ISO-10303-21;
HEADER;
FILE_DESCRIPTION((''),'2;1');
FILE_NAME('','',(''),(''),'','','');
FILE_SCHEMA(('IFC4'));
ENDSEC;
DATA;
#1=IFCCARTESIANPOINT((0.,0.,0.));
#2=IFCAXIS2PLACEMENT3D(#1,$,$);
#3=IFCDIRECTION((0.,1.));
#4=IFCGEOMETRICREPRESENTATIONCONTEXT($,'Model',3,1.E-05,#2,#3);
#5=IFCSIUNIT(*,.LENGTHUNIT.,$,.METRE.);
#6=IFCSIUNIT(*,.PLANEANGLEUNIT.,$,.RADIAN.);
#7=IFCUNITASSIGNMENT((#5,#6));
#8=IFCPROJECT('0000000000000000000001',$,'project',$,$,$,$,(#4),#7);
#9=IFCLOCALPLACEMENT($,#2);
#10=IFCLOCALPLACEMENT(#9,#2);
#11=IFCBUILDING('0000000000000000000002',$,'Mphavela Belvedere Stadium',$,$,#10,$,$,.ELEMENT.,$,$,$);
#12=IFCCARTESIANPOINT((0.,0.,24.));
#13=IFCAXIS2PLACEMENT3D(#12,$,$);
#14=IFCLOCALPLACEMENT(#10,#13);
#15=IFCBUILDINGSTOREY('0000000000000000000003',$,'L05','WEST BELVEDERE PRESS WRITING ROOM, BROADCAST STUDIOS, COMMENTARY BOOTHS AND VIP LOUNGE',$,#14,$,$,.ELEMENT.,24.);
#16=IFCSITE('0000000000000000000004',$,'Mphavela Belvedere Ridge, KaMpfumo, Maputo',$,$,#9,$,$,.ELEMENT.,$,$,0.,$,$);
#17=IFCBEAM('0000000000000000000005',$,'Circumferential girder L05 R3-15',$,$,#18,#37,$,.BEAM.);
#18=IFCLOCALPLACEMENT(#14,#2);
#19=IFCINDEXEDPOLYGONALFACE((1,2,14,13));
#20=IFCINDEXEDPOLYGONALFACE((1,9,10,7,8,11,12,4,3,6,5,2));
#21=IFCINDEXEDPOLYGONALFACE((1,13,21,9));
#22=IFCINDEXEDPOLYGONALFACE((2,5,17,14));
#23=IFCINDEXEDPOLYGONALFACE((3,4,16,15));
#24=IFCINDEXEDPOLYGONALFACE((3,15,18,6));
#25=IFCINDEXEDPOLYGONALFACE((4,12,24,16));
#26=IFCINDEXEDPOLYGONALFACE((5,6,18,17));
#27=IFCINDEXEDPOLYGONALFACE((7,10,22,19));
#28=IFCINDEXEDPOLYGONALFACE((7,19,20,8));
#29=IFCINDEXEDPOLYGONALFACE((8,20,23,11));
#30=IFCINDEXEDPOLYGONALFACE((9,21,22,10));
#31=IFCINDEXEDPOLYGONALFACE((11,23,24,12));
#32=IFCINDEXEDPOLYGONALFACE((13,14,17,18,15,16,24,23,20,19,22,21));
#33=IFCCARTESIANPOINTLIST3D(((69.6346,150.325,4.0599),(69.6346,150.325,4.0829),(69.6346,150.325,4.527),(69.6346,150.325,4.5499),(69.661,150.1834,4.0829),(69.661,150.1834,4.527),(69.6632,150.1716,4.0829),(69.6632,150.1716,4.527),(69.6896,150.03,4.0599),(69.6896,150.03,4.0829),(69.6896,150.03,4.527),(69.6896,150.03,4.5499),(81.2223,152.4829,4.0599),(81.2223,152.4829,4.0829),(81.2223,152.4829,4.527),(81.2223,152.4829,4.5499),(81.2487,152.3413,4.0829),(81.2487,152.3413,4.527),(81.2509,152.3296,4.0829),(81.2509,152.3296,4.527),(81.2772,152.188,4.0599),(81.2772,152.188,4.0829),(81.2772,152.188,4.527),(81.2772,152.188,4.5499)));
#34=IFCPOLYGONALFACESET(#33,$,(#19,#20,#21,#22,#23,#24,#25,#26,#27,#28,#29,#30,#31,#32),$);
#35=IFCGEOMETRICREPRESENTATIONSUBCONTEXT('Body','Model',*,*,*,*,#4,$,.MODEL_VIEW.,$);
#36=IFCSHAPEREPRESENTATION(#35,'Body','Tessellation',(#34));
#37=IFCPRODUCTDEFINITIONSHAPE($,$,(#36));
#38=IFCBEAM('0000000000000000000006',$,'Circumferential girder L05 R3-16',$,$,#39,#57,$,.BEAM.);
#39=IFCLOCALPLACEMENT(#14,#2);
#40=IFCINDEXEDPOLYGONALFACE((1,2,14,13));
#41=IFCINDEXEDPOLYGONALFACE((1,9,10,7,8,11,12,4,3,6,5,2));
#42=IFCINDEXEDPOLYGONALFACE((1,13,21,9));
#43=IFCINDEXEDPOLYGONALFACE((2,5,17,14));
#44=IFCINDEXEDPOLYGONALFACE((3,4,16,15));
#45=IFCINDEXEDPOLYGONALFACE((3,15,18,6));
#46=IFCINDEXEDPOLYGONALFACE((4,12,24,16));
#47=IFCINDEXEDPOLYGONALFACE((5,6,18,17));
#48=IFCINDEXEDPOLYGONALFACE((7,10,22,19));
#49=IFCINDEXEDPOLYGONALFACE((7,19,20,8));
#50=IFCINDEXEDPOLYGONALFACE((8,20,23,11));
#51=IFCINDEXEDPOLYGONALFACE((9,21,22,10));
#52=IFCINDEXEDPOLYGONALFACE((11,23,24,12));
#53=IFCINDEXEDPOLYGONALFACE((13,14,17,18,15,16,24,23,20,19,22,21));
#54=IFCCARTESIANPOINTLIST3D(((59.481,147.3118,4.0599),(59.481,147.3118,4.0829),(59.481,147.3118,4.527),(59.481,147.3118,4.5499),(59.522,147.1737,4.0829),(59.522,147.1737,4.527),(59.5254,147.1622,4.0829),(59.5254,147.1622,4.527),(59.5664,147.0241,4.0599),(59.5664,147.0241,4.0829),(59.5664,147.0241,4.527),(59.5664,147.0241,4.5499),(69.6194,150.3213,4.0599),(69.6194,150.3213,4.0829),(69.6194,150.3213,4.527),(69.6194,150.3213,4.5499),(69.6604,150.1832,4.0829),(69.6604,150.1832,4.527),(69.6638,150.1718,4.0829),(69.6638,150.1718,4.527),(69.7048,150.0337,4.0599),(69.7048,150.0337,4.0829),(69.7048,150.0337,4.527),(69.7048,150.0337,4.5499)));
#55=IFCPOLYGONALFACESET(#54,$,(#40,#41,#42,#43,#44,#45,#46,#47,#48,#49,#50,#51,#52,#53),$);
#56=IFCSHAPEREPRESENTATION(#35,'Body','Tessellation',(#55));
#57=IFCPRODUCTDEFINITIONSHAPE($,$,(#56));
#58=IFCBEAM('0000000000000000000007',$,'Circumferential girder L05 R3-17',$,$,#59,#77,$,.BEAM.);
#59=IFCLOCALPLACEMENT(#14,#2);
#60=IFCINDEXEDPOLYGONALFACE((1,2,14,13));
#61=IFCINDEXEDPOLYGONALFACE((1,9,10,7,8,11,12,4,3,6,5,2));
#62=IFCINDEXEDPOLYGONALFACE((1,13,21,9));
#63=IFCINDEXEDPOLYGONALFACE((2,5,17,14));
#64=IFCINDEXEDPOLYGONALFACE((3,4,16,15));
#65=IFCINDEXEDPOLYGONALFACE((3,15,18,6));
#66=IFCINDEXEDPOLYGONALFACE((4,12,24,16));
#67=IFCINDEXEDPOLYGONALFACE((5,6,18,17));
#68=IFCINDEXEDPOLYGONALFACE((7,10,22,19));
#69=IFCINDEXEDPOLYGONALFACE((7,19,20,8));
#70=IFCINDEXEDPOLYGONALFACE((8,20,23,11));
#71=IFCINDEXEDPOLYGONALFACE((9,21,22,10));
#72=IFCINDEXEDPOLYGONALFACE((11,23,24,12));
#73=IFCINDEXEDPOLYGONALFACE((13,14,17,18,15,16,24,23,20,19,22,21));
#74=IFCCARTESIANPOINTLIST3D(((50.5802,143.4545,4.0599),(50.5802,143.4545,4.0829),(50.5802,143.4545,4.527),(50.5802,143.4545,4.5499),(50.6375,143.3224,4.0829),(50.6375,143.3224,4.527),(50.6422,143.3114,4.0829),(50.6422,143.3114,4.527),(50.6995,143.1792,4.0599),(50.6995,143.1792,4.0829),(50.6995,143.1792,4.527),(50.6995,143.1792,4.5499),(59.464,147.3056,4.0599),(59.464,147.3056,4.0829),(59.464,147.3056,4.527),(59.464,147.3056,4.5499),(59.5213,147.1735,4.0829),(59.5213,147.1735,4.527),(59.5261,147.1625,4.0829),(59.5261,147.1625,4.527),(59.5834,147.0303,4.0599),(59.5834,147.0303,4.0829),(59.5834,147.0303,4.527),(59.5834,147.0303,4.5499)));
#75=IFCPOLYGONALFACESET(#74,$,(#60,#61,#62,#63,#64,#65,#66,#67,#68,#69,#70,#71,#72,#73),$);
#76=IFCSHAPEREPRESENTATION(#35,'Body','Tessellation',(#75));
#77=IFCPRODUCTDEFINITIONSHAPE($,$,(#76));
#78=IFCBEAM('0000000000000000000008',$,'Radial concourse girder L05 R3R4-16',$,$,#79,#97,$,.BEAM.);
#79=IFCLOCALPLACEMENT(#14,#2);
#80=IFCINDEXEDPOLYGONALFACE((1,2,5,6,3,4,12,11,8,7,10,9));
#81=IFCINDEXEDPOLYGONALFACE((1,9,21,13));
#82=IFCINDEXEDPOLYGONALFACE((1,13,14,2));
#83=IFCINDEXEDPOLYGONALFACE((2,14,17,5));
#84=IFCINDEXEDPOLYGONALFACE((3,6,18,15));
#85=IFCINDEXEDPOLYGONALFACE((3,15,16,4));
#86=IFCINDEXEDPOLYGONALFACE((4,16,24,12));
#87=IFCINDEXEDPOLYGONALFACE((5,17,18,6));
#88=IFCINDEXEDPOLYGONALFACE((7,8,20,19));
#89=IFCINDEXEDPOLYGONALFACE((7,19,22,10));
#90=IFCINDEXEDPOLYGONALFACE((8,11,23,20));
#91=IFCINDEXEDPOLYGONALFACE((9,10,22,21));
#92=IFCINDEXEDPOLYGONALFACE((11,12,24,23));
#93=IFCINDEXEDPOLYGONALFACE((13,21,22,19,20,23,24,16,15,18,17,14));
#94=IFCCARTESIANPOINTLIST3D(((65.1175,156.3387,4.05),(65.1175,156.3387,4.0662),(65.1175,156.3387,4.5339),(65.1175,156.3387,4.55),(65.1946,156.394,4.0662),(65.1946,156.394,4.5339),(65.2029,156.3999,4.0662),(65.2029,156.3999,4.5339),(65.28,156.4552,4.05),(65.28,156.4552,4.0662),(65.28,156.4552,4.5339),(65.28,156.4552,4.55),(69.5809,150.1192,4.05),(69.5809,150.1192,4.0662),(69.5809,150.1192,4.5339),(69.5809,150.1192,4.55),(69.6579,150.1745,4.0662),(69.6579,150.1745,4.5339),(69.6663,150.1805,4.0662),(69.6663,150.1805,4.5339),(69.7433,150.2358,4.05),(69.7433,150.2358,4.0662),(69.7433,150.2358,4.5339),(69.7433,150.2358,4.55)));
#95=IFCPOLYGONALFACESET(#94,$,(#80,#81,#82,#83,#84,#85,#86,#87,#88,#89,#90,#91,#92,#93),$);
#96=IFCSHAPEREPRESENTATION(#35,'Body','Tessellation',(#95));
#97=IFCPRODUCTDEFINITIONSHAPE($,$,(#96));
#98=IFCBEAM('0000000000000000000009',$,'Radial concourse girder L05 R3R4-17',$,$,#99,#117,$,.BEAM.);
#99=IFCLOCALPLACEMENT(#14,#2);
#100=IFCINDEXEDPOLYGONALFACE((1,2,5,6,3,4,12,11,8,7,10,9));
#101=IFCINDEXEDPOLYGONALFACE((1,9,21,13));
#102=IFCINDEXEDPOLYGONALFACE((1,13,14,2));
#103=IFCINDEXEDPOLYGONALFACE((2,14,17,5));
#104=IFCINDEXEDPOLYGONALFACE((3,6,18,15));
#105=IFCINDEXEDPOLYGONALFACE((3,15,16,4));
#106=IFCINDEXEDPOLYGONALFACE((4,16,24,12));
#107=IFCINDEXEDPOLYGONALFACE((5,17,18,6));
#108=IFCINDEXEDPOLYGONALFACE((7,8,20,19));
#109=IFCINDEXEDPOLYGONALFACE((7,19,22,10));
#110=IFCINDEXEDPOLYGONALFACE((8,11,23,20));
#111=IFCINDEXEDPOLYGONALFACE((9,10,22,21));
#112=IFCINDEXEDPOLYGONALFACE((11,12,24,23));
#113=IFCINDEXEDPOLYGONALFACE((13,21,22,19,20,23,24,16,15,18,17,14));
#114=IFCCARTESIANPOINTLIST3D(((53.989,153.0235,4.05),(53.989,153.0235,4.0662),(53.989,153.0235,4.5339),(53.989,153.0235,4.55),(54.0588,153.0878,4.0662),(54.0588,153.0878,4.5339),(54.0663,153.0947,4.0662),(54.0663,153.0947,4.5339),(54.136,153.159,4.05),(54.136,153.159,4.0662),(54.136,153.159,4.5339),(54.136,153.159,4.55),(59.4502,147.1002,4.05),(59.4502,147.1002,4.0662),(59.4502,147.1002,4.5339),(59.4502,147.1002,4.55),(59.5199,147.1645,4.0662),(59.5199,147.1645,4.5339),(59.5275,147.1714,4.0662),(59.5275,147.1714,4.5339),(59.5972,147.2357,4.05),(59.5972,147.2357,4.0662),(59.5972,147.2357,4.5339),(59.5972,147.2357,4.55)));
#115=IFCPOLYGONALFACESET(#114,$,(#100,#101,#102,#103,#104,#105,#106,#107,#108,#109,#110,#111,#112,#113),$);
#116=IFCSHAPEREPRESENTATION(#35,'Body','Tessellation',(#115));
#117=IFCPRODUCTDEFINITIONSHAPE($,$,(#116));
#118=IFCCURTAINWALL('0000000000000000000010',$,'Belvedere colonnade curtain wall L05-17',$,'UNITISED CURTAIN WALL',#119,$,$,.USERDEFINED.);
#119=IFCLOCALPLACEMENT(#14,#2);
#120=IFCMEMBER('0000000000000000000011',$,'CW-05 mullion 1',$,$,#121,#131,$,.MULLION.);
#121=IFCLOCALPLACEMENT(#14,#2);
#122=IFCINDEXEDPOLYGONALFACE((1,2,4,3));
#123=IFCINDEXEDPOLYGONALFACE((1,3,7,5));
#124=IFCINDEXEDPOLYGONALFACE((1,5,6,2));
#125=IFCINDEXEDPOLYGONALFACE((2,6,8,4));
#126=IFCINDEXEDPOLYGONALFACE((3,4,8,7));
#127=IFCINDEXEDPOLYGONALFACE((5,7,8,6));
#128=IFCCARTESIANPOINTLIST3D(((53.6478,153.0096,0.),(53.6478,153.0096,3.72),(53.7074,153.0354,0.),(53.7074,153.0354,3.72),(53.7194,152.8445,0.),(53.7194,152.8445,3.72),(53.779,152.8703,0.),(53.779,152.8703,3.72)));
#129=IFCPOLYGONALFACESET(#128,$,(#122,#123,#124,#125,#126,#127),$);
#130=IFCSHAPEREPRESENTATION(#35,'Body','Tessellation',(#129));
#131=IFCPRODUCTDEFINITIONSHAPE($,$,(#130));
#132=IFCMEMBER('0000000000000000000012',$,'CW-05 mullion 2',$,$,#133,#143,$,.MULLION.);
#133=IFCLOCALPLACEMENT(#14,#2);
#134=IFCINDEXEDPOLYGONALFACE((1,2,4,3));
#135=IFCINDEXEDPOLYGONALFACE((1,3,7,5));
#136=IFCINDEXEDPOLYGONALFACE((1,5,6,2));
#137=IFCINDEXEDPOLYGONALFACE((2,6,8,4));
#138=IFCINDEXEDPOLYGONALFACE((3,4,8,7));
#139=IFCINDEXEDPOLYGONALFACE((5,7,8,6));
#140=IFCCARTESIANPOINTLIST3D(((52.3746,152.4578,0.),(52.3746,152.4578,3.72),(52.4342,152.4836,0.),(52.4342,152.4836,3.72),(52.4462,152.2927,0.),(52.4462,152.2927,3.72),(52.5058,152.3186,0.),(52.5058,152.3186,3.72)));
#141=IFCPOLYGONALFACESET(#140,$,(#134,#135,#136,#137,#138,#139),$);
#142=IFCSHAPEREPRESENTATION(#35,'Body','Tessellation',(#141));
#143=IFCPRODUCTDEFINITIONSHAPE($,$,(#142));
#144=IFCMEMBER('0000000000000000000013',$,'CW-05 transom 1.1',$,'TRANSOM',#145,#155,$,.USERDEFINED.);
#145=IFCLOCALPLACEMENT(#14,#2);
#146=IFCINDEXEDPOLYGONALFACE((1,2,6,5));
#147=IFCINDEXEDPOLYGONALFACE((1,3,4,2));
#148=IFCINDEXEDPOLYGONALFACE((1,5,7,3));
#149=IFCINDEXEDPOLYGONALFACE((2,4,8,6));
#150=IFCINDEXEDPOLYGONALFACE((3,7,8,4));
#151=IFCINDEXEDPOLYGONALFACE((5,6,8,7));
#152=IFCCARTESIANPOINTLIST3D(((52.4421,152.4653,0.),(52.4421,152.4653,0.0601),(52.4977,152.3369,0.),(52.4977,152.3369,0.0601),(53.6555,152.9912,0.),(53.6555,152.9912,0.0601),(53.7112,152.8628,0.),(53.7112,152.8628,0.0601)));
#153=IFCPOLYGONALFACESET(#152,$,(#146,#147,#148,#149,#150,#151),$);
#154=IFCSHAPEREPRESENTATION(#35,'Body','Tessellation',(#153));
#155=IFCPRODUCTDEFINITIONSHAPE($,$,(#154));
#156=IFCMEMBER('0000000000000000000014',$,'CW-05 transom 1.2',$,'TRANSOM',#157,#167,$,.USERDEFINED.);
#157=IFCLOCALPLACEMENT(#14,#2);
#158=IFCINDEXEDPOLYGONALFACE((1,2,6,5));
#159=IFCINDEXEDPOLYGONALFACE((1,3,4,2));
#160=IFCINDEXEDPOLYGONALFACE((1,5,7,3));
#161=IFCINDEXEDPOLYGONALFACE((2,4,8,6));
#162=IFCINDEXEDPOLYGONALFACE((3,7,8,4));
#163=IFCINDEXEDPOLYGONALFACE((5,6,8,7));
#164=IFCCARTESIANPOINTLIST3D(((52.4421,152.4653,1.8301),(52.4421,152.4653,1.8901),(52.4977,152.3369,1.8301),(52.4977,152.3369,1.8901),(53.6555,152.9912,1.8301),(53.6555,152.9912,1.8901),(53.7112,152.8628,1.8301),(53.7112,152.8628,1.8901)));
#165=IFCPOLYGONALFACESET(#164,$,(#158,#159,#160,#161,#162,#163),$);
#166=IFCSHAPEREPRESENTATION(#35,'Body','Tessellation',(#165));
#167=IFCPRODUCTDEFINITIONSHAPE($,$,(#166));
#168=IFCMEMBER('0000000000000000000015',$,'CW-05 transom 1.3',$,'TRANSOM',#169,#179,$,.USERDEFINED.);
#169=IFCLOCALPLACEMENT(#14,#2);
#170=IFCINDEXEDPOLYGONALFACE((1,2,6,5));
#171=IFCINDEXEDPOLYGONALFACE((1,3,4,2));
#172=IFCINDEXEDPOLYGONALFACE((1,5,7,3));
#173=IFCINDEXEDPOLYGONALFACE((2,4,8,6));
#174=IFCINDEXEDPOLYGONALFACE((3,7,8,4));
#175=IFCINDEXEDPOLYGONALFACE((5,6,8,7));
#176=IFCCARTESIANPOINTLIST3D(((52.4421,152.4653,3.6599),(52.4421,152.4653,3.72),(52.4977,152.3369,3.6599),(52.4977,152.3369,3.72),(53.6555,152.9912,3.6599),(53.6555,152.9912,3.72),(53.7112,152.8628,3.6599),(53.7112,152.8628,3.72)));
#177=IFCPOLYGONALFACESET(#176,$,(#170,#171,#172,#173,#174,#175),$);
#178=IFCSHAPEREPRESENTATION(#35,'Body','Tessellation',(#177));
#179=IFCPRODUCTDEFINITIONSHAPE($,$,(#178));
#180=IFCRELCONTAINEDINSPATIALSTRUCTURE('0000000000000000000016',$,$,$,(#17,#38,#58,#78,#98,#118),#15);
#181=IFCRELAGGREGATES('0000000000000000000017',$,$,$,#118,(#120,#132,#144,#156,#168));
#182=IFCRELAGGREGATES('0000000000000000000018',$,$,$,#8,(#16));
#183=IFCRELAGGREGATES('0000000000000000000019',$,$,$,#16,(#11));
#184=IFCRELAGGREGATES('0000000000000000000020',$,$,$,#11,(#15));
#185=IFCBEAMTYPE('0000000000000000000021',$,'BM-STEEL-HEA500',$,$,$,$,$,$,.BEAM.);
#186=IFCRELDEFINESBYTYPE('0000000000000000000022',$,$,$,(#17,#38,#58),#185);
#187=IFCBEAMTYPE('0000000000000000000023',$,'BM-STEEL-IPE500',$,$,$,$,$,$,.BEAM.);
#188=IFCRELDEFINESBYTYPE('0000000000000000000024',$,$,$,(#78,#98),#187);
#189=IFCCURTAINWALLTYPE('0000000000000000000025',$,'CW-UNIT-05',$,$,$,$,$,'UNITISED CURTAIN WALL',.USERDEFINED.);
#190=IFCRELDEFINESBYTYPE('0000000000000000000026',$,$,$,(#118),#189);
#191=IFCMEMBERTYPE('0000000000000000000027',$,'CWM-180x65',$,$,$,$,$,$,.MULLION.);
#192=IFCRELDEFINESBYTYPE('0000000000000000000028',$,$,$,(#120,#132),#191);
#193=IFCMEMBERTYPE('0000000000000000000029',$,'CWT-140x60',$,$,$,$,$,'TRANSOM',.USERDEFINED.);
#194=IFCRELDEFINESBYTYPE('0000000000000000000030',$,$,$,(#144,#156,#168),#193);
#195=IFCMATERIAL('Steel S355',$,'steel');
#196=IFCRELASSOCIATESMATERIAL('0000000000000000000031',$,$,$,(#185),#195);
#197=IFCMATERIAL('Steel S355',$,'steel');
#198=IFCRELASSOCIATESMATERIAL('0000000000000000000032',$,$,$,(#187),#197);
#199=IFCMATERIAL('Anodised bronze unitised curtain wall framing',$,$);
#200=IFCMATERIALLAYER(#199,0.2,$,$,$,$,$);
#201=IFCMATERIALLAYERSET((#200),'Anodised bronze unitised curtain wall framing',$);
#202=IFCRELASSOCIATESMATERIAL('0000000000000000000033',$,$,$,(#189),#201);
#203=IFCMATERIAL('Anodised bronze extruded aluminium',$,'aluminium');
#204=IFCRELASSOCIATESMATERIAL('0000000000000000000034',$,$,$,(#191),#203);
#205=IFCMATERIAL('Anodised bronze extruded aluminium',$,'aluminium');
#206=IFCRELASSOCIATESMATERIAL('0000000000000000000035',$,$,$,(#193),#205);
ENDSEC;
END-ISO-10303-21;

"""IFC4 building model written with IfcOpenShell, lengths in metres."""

from ifc_helpers import new_model, si_unit, direction, frame, origin, origin_2d, place, context, subcontext, project, spatial, rectangle, i_section, extrude, material, layer, layer_set, material_profile, profile_set, type_object, element, aggregate, save


model = new_model("IFC4")

# Units and contexts
model_context = context("Model", 3, precision=1e-05, world=origin(), true_north=direction((0.0, 1.0)))
body_context = subcontext(model_context, "Body", "Model", "MODEL_VIEW")
ifc_project = project(units=[si_unit("LENGTHUNIT", "METRE"), si_unit("PLANEANGLEUNIT", "RADIAN")], contexts=[model_context])

# Site, building, storey
site_placement = place(None, origin())
site = spatial("IfcSite", under=ifc_project, at=site_placement, Name="Mphavela Belvedere Ridge, KaMpfumo, Maputo", CompositionType="ELEMENT", RefElevation=0.0)
building_placement = place(site_placement, origin())
building = spatial("IfcBuilding", under=site, at=building_placement, Name="Mphavela Belvedere Stadium", CompositionType="ELEMENT")
storey_placement = place(building_placement, frame((0.0, 0.0, 24.0)))
storey = spatial("IfcBuildingStorey", under=building, at=storey_placement, Name="L05", Description="WEST BELVEDERE PRESS WRITING ROOM, BROADCAST STUDIOS, COMMENTARY BOOTHS AND VIP LOUNGE", CompositionType="ELEMENT", Elevation=24.0)

# Beams
ifc_material_1 = material(Name="Steel S355", Category="steel")
ifc_material_profile_1 = material_profile(ifc_material_1, i_section(OverallWidth=0.3, OverallDepth=0.49, WebThickness=0.012, FlangeThickness=0.0229, at=origin_2d()), Name="HEA 500")
ifc_profile_set_1 = profile_set([ifc_material_profile_1], Name="Steel S355")
beam_type_1 = type_object("IfcBeamType", Name="BM-STEEL-HEA500", PredefinedType="BEAM", material=ifc_profile_set_1)
beam_1_placement = place(storey_placement, frame((81.2498, 152.3354, 4.3049), z_axis=(-0.983098, -0.183082, 0.0), x_axis=(0.183082, -0.983098, 0.0)))
element("IfcBeam", 1, at=beam_1_placement, inside=storey, type_object=beam_type_1, Name="Circumferential girder L05 R3-15", PredefinedType="BEAM", context=body_context, shape_type="SweptSolid", body=[
    extrude(i_section(OverallWidth=0.3, OverallDepth=0.49, WebThickness=0.012, FlangeThickness=0.0229, at=origin_2d()), origin(), (0.0, 0.0, 1.0), 11.7869),
])
beam_2_placement = place(storey_placement, frame((69.6621, 150.1775, 4.3049), z_axis=(-0.958655, -0.28457, 0.0), x_axis=(0.28457, -0.958655, 0.0)))
element("IfcBeam", 2, at=beam_2_placement, inside=storey, type_object=beam_type_1, Name="Circumferential girder L05 R3-16", PredefinedType="BEAM", context=body_context, shape_type="SweptSolid", body=[
    extrude(i_section(OverallWidth=0.3, OverallDepth=0.49, WebThickness=0.012, FlangeThickness=0.0229, at=origin_2d()), origin(), (0.0, 0.0, 1.0), 10.5757),
])
beam_3_placement = place(storey_placement, frame((59.5237, 147.168, 4.3049), z_axis=(-0.917502, -0.397732, 0.0), x_axis=(0.397732, -0.917502, 0.0)))
element("IfcBeam", 3, at=beam_3_placement, inside=storey, type_object=beam_type_1, Name="Circumferential girder L05 R3-17", PredefinedType="BEAM", context=body_context, shape_type="SweptSolid", body=[
    extrude(i_section(OverallWidth=0.3, OverallDepth=0.49, WebThickness=0.012, FlangeThickness=0.0229, at=origin_2d()), origin(), (0.0, 0.0, 1.0), 9.6826),
])
ifc_material_2 = material(Name="Steel S355", Category="steel")
ifc_material_profile_2 = material_profile(ifc_material_2, i_section(OverallWidth=0.2, OverallDepth=0.5, WebThickness=0.0103, FlangeThickness=0.0161, at=origin_2d()), Name="IPE 500")
ifc_profile_set_2 = profile_set([ifc_material_profile_2], Name="Steel S355")
beam_type_2 = type_object("IfcBeamType", Name="BM-STEEL-IPE500", PredefinedType="BEAM", material=ifc_profile_set_2)
beam_4_placement = place(storey_placement, frame((69.6621, 150.1775, 4.3), z_axis=(-0.583044, 0.812441, 0.0), x_axis=(-0.812441, -0.583044, 0.0)))
element("IfcBeam", 4, at=beam_4_placement, inside=storey, type_object=beam_type_2, Name="Radial concourse girder L05 R3R4-16", PredefinedType="BEAM", context=body_context, shape_type="SweptSolid", body=[
    extrude(i_section(OverallWidth=0.2, OverallDepth=0.5, WebThickness=0.0103, FlangeThickness=0.0161, at=origin_2d()), origin(), (0.0, 0.0, 1.0), 7.6553),
])
beam_5_placement = place(storey_placement, frame((59.5237, 147.168, 4.3), z_axis=(-0.677843, 0.735206, 0.0), x_axis=(-0.735206, -0.677843, 0.0)))
element("IfcBeam", 5, at=beam_5_placement, inside=storey, type_object=beam_type_2, Name="Radial concourse girder L05 R3R4-17", PredefinedType="BEAM", context=body_context, shape_type="SweptSolid", body=[
    extrude(i_section(OverallWidth=0.2, OverallDepth=0.5, WebThickness=0.0103, FlangeThickness=0.0161, at=origin_2d()), origin(), (0.0, 0.0, 1.0), 8.0566),
])

# Curtain wall, members
ifc_material_3 = material(Name="Anodised bronze unitised curtain wall framing")
ifc_layer_1 = layer(ifc_material_3, 0.2)
ifc_layer_set_1 = layer_set([ifc_layer_1], Name="Anodised bronze unitised curtain wall framing")
curtain_wall_type = type_object("IfcCurtainWallType", Name="CW-UNIT-05", ElementType="UNITISED CURTAIN WALL", PredefinedType="USERDEFINED", material=ifc_layer_set_1)
curtain_wall_placement = place(storey_placement, origin())
curtain_wall = element("IfcCurtainWall", 6, at=curtain_wall_placement, inside=storey, type_object=curtain_wall_type, Name="Belvedere colonnade curtain wall L05-17", ObjectType="UNITISED CURTAIN WALL", PredefinedType="USERDEFINED")
ifc_material_4 = material(Name="Anodised bronze extruded aluminium", Category="aluminium")
ifc_material_profile_3 = material_profile(ifc_material_4, rectangle(XDim=0.1799, YDim=0.0649, at=origin_2d()), Name="CW-MUL 180x65")
ifc_profile_set_3 = profile_set([ifc_material_profile_3], Name="Anodised bronze extruded aluminium")
member_type_1 = type_object("IfcMemberType", Name="CWM-180x65", PredefinedType="MULLION", material=ifc_profile_set_3)
member_1_placement = place(storey_placement, frame((53.7134, 152.9399, 0.0), z_axis=(0.0, 0.0, 1.0), x_axis=(0.397743, -0.917497, 0.0)))
member_1 = element("IfcMember", 7, at=member_1_placement, type_object=member_type_1, Name="CW-05 mullion 1", PredefinedType="MULLION", context=body_context, shape_type="SweptSolid", body=[
    extrude(rectangle(XDim=0.1799, YDim=0.0649, at=origin_2d()), origin(), (0.0, 0.0, 1.0), 3.72),
])
member_2_placement = place(storey_placement, frame((52.4402, 152.3882, 0.0), z_axis=(0.0, 0.0, 1.0), x_axis=(0.397743, -0.917497, 0.0)))
member_2 = element("IfcMember", 8, at=member_2_placement, type_object=member_type_1, Name="CW-05 mullion 2", PredefinedType="MULLION", context=body_context, shape_type="SweptSolid", body=[
    extrude(rectangle(XDim=0.1799, YDim=0.0649, at=origin_2d()), origin(), (0.0, 0.0, 1.0), 3.72),
])
ifc_material_5 = material(Name="Anodised bronze extruded aluminium", Category="aluminium")
ifc_material_profile_4 = material_profile(ifc_material_5, rectangle(XDim=0.1399, YDim=0.0601, at=origin_2d()), Name="CW-TRN 140x60")
ifc_profile_set_4 = profile_set([ifc_material_profile_4], Name="Anodised bronze extruded aluminium")
member_type_2 = type_object("IfcMemberType", Name="CWT-140x60", ElementType="TRANSOM", PredefinedType="USERDEFINED", material=ifc_profile_set_4)
member_3_placement = place(storey_placement, frame((53.6833, 152.927, 0.03), z_axis=(-0.917533, -0.397659, 0.0), x_axis=(0.397659, -0.917533, 0.0)))
member_3 = element("IfcMember", 9, at=member_3_placement, type_object=member_type_2, Name="CW-05 transom 1.1", ObjectType="TRANSOM", PredefinedType="USERDEFINED", context=body_context, shape_type="SweptSolid", body=[
    extrude(rectangle(XDim=0.1399, YDim=0.0601, at=origin_2d()), origin(), (0.0, 0.0, 1.0), 1.3225),
])
member_4_placement = place(storey_placement, frame((53.6833, 152.927, 1.8601), z_axis=(-0.917533, -0.397659, 0.0), x_axis=(0.397659, -0.917533, 0.0)))
member_4 = element("IfcMember", 10, at=member_4_placement, type_object=member_type_2, Name="CW-05 transom 1.2", ObjectType="TRANSOM", PredefinedType="USERDEFINED", context=body_context, shape_type="SweptSolid", body=[
    extrude(rectangle(XDim=0.1399, YDim=0.0601, at=origin_2d()), origin(), (0.0, 0.0, 1.0), 1.3225),
])
member_5_placement = place(storey_placement, frame((53.6833, 152.927, 3.6899), z_axis=(-0.917533, -0.397659, 0.0), x_axis=(0.397659, -0.917533, 0.0)))
member_5 = element("IfcMember", 11, at=member_5_placement, type_object=member_type_2, Name="CW-05 transom 1.3", ObjectType="TRANSOM", PredefinedType="USERDEFINED", context=body_context, shape_type="SweptSolid", body=[
    extrude(rectangle(XDim=0.1399, YDim=0.0601, at=origin_2d()), origin(), (0.0, 0.0, 1.0), 1.3225),
])
aggregate(curtain_wall, [member_1, member_2, member_3, member_4, member_5])

save(model, "model.ifc")
